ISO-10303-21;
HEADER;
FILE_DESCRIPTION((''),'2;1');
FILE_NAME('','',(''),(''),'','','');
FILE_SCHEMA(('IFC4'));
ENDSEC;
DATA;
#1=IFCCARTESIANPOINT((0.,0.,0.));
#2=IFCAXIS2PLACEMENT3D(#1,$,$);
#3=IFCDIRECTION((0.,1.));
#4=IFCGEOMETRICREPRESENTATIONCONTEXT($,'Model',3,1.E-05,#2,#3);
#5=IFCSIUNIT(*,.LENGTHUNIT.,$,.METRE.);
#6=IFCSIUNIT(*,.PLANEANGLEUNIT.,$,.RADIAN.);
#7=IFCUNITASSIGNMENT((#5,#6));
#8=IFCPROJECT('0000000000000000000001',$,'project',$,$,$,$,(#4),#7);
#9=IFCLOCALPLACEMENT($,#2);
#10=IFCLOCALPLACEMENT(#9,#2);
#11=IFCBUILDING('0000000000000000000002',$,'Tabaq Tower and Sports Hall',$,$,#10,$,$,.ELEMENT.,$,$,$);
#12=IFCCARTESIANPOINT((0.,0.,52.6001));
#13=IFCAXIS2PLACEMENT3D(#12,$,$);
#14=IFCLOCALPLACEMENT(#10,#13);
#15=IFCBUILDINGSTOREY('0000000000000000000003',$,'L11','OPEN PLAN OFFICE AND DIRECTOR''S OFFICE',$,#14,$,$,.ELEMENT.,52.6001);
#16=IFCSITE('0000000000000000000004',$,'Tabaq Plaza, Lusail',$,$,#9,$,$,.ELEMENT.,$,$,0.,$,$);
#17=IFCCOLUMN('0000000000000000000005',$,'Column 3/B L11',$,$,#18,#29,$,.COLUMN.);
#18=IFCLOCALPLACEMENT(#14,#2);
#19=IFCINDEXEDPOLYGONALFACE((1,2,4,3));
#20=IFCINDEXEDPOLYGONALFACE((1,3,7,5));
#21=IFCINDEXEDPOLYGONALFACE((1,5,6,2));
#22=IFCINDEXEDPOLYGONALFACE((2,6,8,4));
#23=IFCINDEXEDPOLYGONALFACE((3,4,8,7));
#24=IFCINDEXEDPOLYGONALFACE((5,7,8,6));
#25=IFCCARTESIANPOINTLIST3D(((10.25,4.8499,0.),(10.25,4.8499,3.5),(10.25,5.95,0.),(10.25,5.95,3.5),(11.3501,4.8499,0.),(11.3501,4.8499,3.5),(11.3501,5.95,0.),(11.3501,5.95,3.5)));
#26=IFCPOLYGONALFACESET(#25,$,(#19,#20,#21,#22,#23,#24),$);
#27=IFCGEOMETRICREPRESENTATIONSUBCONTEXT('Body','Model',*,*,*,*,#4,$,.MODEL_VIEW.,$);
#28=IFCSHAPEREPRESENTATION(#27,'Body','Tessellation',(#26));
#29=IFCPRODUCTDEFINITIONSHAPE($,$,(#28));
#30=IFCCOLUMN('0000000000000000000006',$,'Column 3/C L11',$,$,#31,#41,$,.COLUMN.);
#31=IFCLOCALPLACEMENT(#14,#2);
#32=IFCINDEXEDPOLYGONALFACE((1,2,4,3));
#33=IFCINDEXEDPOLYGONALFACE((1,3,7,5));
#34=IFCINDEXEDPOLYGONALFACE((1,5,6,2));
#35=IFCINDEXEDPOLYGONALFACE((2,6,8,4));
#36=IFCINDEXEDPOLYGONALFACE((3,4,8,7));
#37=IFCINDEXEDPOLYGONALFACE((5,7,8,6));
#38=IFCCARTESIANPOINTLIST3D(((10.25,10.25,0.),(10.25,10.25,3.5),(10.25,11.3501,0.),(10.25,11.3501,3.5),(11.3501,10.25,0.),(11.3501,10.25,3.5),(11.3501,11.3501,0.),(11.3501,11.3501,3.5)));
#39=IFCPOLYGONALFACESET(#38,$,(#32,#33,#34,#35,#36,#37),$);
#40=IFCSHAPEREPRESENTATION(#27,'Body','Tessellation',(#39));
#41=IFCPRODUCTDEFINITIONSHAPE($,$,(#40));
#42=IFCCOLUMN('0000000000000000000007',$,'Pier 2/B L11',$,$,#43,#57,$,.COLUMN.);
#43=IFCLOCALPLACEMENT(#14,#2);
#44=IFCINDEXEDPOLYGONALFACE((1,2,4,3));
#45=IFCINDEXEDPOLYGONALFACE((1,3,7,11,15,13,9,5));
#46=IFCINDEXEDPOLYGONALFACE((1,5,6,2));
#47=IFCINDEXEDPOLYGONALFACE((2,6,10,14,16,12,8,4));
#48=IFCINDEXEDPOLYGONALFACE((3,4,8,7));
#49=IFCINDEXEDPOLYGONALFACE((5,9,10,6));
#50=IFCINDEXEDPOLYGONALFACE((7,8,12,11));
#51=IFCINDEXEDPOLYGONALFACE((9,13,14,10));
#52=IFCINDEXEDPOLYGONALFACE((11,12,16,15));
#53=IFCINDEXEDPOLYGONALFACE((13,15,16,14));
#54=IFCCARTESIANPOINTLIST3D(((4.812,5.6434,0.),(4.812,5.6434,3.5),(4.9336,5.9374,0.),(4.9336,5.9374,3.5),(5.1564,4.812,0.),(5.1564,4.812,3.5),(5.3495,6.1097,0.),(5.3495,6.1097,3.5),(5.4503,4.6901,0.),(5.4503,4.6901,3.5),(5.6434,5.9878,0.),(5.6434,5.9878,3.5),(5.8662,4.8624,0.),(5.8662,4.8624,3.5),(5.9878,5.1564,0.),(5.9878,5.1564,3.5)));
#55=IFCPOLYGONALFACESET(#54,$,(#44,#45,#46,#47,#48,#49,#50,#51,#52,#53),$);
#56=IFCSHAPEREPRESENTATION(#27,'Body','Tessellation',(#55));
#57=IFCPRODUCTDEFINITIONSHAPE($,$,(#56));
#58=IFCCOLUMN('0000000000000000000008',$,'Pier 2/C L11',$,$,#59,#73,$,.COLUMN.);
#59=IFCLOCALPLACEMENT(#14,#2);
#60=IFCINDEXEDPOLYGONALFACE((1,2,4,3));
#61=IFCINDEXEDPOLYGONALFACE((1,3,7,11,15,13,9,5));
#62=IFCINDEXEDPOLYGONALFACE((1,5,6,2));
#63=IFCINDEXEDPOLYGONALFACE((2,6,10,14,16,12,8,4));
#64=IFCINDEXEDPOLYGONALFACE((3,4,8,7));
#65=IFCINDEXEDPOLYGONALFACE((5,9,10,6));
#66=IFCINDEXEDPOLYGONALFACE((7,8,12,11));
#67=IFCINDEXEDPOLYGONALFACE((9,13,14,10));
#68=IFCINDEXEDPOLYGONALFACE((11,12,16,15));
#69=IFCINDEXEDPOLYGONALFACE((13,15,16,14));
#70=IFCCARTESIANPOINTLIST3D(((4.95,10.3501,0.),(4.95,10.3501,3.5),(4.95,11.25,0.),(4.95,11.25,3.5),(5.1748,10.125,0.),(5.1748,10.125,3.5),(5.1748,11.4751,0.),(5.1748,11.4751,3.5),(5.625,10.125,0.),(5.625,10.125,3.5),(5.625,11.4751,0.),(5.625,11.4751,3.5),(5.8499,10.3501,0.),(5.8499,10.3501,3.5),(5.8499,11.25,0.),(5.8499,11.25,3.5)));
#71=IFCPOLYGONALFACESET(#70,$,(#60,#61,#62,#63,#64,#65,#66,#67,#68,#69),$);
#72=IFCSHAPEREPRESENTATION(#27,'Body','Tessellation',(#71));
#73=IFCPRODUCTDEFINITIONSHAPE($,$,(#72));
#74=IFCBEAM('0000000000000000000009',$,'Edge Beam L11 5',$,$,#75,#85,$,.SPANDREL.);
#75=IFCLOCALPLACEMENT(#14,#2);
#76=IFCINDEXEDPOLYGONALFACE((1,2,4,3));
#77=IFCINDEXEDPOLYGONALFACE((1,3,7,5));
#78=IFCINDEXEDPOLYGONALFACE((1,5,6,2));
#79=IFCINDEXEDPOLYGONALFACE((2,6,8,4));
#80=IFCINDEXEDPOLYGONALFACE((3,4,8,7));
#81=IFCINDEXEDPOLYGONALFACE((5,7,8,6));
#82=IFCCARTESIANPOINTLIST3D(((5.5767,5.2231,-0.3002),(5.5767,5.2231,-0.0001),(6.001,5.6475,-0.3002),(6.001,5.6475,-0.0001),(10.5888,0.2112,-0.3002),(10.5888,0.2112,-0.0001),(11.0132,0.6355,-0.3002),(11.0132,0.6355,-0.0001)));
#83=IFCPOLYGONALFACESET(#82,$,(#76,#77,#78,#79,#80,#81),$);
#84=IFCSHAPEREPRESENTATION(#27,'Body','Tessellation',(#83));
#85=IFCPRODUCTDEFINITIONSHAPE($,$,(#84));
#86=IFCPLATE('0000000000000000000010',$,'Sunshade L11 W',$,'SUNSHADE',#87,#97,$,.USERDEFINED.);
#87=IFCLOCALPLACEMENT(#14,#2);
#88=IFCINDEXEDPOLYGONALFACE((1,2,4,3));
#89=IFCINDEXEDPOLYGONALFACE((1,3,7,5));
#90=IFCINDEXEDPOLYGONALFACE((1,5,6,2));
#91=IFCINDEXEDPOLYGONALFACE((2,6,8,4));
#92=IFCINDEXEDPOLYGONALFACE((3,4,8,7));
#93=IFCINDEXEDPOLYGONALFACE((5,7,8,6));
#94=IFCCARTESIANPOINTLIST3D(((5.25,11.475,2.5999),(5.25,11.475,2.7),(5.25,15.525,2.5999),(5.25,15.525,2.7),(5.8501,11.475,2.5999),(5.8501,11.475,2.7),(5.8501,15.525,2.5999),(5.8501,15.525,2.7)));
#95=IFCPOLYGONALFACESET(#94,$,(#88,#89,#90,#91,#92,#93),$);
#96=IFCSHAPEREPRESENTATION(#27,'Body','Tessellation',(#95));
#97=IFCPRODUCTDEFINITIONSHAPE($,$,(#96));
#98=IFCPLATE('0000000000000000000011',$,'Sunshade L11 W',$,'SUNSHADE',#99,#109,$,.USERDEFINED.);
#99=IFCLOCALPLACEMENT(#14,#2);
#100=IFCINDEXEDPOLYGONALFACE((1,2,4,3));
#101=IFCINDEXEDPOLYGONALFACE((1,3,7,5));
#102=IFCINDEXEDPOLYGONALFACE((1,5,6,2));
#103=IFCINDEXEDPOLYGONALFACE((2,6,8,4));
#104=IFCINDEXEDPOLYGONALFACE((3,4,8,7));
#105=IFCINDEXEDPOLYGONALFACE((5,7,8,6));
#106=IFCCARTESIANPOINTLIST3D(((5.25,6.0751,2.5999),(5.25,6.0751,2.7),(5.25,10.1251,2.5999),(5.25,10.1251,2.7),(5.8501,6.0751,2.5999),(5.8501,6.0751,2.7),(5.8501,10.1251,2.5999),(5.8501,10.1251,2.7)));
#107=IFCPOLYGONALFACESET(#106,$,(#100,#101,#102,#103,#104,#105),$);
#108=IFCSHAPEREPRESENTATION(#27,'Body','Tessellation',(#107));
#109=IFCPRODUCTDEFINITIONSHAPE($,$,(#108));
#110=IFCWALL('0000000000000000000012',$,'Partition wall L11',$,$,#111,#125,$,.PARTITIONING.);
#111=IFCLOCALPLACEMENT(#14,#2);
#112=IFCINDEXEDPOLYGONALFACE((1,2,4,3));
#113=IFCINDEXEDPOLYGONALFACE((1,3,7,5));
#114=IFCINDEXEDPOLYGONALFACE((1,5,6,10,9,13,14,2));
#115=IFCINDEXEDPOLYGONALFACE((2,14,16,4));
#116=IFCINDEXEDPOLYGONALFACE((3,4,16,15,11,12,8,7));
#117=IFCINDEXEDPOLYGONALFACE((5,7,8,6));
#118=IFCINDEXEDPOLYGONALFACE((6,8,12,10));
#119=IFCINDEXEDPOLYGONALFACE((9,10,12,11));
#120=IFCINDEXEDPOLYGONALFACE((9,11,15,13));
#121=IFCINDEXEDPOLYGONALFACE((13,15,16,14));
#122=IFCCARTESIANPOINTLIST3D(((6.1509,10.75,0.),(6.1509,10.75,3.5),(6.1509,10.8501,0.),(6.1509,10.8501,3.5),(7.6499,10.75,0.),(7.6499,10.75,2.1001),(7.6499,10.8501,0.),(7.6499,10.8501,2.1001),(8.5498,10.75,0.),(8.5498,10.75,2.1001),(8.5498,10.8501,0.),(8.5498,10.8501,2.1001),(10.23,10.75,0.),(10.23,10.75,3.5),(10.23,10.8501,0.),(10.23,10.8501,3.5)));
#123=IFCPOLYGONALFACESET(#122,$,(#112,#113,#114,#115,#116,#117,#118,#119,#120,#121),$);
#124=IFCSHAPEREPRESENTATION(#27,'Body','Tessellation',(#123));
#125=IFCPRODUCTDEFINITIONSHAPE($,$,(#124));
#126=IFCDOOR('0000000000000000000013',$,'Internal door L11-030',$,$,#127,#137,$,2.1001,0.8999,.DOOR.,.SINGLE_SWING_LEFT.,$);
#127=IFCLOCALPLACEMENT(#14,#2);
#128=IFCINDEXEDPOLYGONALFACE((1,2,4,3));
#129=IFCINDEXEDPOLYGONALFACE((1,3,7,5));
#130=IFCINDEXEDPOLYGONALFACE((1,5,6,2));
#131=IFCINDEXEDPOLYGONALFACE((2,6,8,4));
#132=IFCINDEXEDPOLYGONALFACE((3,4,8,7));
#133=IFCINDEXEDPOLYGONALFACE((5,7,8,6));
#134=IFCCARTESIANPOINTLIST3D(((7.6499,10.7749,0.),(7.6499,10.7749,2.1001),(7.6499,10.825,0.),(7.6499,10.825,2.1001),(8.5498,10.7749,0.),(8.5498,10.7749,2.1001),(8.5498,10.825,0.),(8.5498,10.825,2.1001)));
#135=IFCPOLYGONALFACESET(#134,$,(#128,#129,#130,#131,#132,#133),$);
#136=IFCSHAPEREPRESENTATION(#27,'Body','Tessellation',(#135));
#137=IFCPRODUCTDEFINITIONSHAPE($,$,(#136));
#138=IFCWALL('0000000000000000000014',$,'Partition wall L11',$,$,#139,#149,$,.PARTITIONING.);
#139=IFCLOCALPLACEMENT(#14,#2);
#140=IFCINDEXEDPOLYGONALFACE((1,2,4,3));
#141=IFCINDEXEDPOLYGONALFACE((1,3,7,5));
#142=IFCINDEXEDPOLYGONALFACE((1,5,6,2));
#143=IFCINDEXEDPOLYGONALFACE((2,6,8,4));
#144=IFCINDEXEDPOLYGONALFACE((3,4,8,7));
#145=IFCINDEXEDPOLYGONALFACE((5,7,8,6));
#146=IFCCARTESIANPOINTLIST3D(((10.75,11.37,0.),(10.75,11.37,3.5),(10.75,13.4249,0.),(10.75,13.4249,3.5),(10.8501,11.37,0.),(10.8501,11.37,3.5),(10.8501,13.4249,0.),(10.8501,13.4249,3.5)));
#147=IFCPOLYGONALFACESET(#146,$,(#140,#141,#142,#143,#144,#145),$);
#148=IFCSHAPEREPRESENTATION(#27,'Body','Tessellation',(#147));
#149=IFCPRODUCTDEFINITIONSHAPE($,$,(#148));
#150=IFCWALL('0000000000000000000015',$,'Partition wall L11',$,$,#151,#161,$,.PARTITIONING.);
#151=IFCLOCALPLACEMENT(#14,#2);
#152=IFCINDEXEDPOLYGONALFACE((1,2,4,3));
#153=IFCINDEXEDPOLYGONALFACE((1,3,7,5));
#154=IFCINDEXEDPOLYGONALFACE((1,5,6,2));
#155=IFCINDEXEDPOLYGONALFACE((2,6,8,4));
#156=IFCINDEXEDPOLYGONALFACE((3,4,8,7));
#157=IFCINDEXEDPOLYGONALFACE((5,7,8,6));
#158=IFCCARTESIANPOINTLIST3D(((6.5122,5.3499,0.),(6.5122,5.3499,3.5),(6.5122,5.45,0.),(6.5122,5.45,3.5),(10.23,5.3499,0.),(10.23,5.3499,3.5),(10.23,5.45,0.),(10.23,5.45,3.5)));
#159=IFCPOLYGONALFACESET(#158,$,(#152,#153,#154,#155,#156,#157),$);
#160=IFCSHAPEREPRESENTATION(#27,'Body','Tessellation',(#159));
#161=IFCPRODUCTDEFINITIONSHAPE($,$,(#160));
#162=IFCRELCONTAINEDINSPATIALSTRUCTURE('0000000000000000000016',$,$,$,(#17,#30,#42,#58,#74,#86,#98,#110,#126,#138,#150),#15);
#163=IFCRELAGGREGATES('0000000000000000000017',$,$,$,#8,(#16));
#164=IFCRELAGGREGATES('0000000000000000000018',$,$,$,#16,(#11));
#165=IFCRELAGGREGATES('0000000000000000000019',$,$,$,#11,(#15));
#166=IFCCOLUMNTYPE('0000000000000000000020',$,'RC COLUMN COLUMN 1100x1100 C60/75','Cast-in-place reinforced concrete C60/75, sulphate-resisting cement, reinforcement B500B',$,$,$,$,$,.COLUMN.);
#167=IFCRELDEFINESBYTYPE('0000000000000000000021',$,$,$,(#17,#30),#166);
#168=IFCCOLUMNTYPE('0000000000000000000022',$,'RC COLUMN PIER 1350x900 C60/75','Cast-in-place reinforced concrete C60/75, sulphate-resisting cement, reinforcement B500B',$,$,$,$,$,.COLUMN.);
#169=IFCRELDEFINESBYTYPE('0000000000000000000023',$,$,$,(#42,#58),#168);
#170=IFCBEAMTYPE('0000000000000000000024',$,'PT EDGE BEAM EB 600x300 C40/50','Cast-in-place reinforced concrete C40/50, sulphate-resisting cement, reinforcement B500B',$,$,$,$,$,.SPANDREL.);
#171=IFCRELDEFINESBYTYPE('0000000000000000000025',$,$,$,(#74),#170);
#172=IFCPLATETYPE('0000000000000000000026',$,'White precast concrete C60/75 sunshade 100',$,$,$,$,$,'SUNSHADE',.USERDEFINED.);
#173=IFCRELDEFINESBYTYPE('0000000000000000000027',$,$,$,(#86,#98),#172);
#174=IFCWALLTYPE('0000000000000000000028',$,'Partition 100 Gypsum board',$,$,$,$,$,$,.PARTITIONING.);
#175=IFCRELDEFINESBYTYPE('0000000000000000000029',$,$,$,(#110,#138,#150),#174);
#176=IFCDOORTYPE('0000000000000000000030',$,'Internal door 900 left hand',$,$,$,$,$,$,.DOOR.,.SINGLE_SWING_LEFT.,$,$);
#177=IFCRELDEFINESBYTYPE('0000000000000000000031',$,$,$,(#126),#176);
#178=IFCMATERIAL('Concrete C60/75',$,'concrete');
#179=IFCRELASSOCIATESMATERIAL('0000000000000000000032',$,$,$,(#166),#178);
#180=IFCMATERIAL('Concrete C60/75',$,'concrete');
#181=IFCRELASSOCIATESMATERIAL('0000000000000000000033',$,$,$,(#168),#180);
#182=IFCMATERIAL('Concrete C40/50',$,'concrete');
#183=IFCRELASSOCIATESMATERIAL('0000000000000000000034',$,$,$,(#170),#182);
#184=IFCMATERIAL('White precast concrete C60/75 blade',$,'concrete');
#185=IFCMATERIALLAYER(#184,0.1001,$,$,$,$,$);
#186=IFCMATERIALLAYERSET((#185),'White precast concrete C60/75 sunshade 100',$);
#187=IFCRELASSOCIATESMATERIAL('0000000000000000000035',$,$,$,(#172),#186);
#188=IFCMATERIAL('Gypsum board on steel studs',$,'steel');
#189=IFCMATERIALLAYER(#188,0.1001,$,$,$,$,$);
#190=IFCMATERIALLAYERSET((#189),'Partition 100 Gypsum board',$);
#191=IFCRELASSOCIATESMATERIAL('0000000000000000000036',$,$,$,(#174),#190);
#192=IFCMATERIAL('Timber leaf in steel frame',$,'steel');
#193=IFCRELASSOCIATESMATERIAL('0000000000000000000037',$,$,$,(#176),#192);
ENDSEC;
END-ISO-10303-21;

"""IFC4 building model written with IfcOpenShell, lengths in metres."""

from ifc_helpers import new_model, si_unit, direction, frame, frame_2d, origin, origin_2d, place, context, subcontext, project, spatial, polyline, rectangle, outline, extrude, material, layer, layer_set, material_profile, profile_set, type_object, element, fill, save


model = new_model("IFC4")

# Units and contexts
model_context = context("Model", 3, precision=1e-05, world=origin(), true_north=direction((0.0, 1.0)))
body_context = subcontext(model_context, "Body", "Model", "MODEL_VIEW")
ifc_project = project(units=[si_unit("LENGTHUNIT", "METRE"), si_unit("PLANEANGLEUNIT", "RADIAN")], contexts=[model_context])

# Site, building, storey
site_placement = place(None, origin())
site = spatial("IfcSite", under=ifc_project, at=site_placement, Name="Tabaq Plaza, Lusail", CompositionType="ELEMENT", RefElevation=0.0)
building_placement = place(site_placement, origin())
building = spatial("IfcBuilding", under=site, at=building_placement, Name="Tabaq Tower and Sports Hall", CompositionType="ELEMENT")
storey_placement = place(building_placement, frame((0.0, 0.0, 52.6001)))
storey = spatial("IfcBuildingStorey", under=building, at=storey_placement, Name="L11", Description="OPEN PLAN OFFICE AND DIRECTOR'S OFFICE", CompositionType="ELEMENT", Elevation=52.6001)

# Columns
ifc_material_1 = material(Name="Concrete C60/75", Category="concrete")
ifc_material_profile_1 = material_profile(ifc_material_1, rectangle(XDim=1.1001, YDim=1.1001, at=origin_2d()), Name="COLUMN 1100x1100")
ifc_profile_set_1 = profile_set([ifc_material_profile_1], Name="Concrete C60/75")
column_type_1 = type_object("IfcColumnType", Name="RC COLUMN COLUMN 1100x1100 C60/75", Description="Cast-in-place reinforced concrete C60/75, sulphate-resisting cement, reinforcement B500B", PredefinedType="COLUMN", material=ifc_profile_set_1)
for number, where, z_axis, x_axis, name in (
    (1, (10.8, 5.3999, 0.0), (0.0, 0.0, 1.0), (1.0, 0.0, 0.0), "Column 3/B L11"),
    (2, (10.8, 10.8, 0.0), (0.0, 0.0, 1.0), (1.0, 0.0, 0.0), "Column 3/C L11"),
):
    element("IfcColumn", number, at=place(storey_placement, frame(where, z_axis=z_axis, x_axis=x_axis)), inside=storey, type_object=column_type_1, Name=name, PredefinedType="COLUMN", context=body_context, shape_type="SweptSolid", body=[
        extrude(rectangle(XDim=1.1001, YDim=1.1001, at=origin_2d()), origin(), (0.0, 0.0, 1.0), 3.5),
    ])
ifc_material_2 = material(Name="Concrete C60/75", Category="concrete")
ifc_material_profile_2 = material_profile(ifc_material_2, outline(polyline([(-0.45, -0.45), (0.45, -0.45), (0.675, -0.2251), (0.675, 0.2251), (0.45, 0.45), (-0.45, 0.45), (-0.675, 0.2251), (-0.675, -0.2251), (-0.45, -0.45)])), Name="PIER 1350x900")
ifc_profile_set_2 = profile_set([ifc_material_profile_2], Name="Concrete C60/75")
column_type_2 = type_object("IfcColumnType", Name="RC COLUMN PIER 1350x900 C60/75", Description="Cast-in-place reinforced concrete C60/75, sulphate-resisting cement, reinforcement B500B", PredefinedType="COLUMN", material=ifc_profile_set_2)
for number, where, z_axis, x_axis, name in (
    (3, (5.3999, 5.3999, 0.0), (0.0, 0.0, 1.0), (-0.382683, 0.92388, 0.0), "Pier 2/B L11"),
    (4, (5.3999, 10.8, 0.0), (0.0, 0.0, 1.0), (0.0, 1.0, 0.0), "Pier 2/C L11"),
):
    element("IfcColumn", number, at=place(storey_placement, frame(where, z_axis=z_axis, x_axis=x_axis)), inside=storey, type_object=column_type_2, Name=name, PredefinedType="COLUMN", context=body_context, shape_type="SweptSolid", body=[
        extrude(outline(polyline([(-0.45, -0.45), (0.45, -0.45), (0.675, -0.2251), (0.675, 0.2251), (0.45, 0.45), (-0.45, 0.45), (-0.675, 0.2251), (-0.675, -0.2251), (-0.45, -0.45)])), origin(), (0.0, 0.0, 1.0), 3.5),
    ])

# Beam
ifc_material_3 = material(Name="Concrete C40/50", Category="concrete")
ifc_material_profile_3 = material_profile(ifc_material_3, rectangle(XDim=0.6001, YDim=0.3, at=origin_2d()), Name="EB 600x300")
ifc_profile_set_3 = profile_set([ifc_material_profile_3], Name="Concrete C40/50")
beam_type = type_object("IfcBeamType", Name="PT EDGE BEAM EB 600x300 C40/50", Description="Cast-in-place reinforced concrete C40/50, sulphate-resisting cement, reinforcement B500B", PredefinedType="SPANDREL", material=ifc_profile_set_3)
beam_placement = place(storey_placement, frame((5.7888, 5.4353, -0.1501), z_axis=(0.707124, -0.70709, 0.0), x_axis=(0.70709, 0.707124, 0.0)))
element("IfcBeam", 5, at=beam_placement, inside=storey, type_object=beam_type, Name="Edge Beam L11 5", PredefinedType="SPANDREL", context=body_context, shape_type="SweptSolid", body=[
    extrude(rectangle(XDim=0.6001, YDim=0.3, at=origin_2d()), origin(), (0.0, 0.0, 1.0), 7.0881),
])

# Plates
ifc_material_4 = material(Name="White precast concrete C60/75 blade", Category="concrete")
ifc_layer_1 = layer(ifc_material_4, 0.1001)
ifc_layer_set_1 = layer_set([ifc_layer_1], Name="White precast concrete C60/75 sunshade 100")
plate_type = type_object("IfcPlateType", Name="White precast concrete C60/75 sunshade 100", ElementType="SUNSHADE", PredefinedType="USERDEFINED", material=ifc_layer_set_1)
for number, where, z_axis, x_axis, name in (
    (6, (5.55, 13.5, 2.5999), (0.0, 0.0, 1.0), (0.0, -1.0, 0.0), "Sunshade L11 W"),
    (7, (5.55, 8.1001, 2.5999), (0.0, 0.0, 1.0), (0.0, -1.0, 0.0), "Sunshade L11 W"),
):
    element("IfcPlate", number, at=place(storey_placement, frame(where, z_axis=z_axis, x_axis=x_axis)), inside=storey, type_object=plate_type, Name=name, ObjectType="SUNSHADE", PredefinedType="USERDEFINED", context=body_context, shape_type="SweptSolid", body=[
        extrude(rectangle(XDim=4.05, YDim=0.6001, at=origin_2d()), origin(), (0.0, 0.0, 1.0), 0.1001),
    ])

# Wall, opening, door
ifc_material_5 = material(Name="Gypsum board on steel studs", Category="steel")
ifc_layer_2 = layer(ifc_material_5, 0.1001)
ifc_layer_set_2 = layer_set([ifc_layer_2], Name="Partition 100 Gypsum board")
wall_type_1 = type_object("IfcWallType", Name="Partition 100 Gypsum board", PredefinedType="PARTITIONING", material=ifc_layer_set_2)
wall_1_placement = place(storey_placement, frame((6.1509, 10.8, 0.0), z_axis=(0.0, 0.0, 1.0), x_axis=(1.0, 0.0, 0.0)))
wall_1 = element("IfcWall", 8, at=wall_1_placement, inside=storey, type_object=wall_type_1, Name="Partition wall L11", PredefinedType="PARTITIONING", context=body_context, shape_type="SweptSolid", body=[
    extrude(rectangle(XDim=4.0791, YDim=0.1001, at=frame_2d((2.0396, 0.0))), origin(), (0.0, 0.0, 1.0), 3.5),
])
opening_1_placement = place(wall_1_placement, frame((1.499, 0.0, 0.0)))
opening_1 = element("IfcOpeningElement", 9, at=opening_1_placement, cuts=wall_1, PredefinedType="OPENING", context=body_context, shape_type="SweptSolid", body=[
    extrude(rectangle(XDim=0.8999, YDim=2.1001, at=frame_2d((0.45, 1.05))), frame((0.0, 0.05, 0.0), z_axis=(0.0, -1.0, 0.0), x_axis=(1.0, 0.0, 0.0)), (0.0, 0.0, 1.0), 0.1001),
])
ifc_material_6 = material(Name="Timber leaf in steel frame", Category="steel")
door_type_1 = type_object("IfcDoorType", Name="Internal door 900 left hand", OperationType="SINGLE_SWING_LEFT", PredefinedType="DOOR", material=ifc_material_6)
door_1_placement = place(opening_1_placement, origin())
door_1 = element("IfcDoor", 10, at=door_1_placement, inside=storey, type_object=door_type_1, Name="Internal door L11-030", OperationType="SINGLE_SWING_LEFT", OverallHeight=2.1001, OverallWidth=0.8999, PredefinedType="DOOR", context=body_context, shape_type="SweptSolid", body=[
    extrude(rectangle(XDim=0.8999, YDim=2.1001, at=frame_2d((0.45, 1.05))), frame((0.0, 0.0249, 0.0), z_axis=(0.0, -1.0, 0.0), x_axis=(1.0, 0.0, 0.0)), (0.0, 0.0, 1.0), 0.05),
])
fill(opening_1, door_1)

# Walls
wall_2_placement = place(storey_placement, frame((10.8, 11.3701, 0.0), z_axis=(0.0, 0.0, 1.0), x_axis=(0.0, 1.0, 0.0)))
element("IfcWall", 11, at=wall_2_placement, inside=storey, type_object=wall_type_1, Name="Partition wall L11", PredefinedType="PARTITIONING", context=body_context, shape_type="SweptSolid", body=[
    extrude(rectangle(XDim=2.0549, YDim=0.1001, at=frame_2d((1.0273, 0.0))), origin(), (0.0, 0.0, 1.0), 3.5),
])
wall_3_placement = place(storey_placement, frame((6.5122, 5.3999, 0.0), z_axis=(0.0, 0.0, 1.0), x_axis=(1.0, 0.0, 0.0)))
element("IfcWall", 12, at=wall_3_placement, inside=storey, type_object=wall_type_1, Name="Partition wall L11", PredefinedType="PARTITIONING", context=body_context, shape_type="SweptSolid", body=[
    extrude(rectangle(XDim=3.7178, YDim=0.1001, at=frame_2d((1.8589, 0.0))), origin(), (0.0, 0.0, 1.0), 3.5),
])

save(model, "model.ifc")
